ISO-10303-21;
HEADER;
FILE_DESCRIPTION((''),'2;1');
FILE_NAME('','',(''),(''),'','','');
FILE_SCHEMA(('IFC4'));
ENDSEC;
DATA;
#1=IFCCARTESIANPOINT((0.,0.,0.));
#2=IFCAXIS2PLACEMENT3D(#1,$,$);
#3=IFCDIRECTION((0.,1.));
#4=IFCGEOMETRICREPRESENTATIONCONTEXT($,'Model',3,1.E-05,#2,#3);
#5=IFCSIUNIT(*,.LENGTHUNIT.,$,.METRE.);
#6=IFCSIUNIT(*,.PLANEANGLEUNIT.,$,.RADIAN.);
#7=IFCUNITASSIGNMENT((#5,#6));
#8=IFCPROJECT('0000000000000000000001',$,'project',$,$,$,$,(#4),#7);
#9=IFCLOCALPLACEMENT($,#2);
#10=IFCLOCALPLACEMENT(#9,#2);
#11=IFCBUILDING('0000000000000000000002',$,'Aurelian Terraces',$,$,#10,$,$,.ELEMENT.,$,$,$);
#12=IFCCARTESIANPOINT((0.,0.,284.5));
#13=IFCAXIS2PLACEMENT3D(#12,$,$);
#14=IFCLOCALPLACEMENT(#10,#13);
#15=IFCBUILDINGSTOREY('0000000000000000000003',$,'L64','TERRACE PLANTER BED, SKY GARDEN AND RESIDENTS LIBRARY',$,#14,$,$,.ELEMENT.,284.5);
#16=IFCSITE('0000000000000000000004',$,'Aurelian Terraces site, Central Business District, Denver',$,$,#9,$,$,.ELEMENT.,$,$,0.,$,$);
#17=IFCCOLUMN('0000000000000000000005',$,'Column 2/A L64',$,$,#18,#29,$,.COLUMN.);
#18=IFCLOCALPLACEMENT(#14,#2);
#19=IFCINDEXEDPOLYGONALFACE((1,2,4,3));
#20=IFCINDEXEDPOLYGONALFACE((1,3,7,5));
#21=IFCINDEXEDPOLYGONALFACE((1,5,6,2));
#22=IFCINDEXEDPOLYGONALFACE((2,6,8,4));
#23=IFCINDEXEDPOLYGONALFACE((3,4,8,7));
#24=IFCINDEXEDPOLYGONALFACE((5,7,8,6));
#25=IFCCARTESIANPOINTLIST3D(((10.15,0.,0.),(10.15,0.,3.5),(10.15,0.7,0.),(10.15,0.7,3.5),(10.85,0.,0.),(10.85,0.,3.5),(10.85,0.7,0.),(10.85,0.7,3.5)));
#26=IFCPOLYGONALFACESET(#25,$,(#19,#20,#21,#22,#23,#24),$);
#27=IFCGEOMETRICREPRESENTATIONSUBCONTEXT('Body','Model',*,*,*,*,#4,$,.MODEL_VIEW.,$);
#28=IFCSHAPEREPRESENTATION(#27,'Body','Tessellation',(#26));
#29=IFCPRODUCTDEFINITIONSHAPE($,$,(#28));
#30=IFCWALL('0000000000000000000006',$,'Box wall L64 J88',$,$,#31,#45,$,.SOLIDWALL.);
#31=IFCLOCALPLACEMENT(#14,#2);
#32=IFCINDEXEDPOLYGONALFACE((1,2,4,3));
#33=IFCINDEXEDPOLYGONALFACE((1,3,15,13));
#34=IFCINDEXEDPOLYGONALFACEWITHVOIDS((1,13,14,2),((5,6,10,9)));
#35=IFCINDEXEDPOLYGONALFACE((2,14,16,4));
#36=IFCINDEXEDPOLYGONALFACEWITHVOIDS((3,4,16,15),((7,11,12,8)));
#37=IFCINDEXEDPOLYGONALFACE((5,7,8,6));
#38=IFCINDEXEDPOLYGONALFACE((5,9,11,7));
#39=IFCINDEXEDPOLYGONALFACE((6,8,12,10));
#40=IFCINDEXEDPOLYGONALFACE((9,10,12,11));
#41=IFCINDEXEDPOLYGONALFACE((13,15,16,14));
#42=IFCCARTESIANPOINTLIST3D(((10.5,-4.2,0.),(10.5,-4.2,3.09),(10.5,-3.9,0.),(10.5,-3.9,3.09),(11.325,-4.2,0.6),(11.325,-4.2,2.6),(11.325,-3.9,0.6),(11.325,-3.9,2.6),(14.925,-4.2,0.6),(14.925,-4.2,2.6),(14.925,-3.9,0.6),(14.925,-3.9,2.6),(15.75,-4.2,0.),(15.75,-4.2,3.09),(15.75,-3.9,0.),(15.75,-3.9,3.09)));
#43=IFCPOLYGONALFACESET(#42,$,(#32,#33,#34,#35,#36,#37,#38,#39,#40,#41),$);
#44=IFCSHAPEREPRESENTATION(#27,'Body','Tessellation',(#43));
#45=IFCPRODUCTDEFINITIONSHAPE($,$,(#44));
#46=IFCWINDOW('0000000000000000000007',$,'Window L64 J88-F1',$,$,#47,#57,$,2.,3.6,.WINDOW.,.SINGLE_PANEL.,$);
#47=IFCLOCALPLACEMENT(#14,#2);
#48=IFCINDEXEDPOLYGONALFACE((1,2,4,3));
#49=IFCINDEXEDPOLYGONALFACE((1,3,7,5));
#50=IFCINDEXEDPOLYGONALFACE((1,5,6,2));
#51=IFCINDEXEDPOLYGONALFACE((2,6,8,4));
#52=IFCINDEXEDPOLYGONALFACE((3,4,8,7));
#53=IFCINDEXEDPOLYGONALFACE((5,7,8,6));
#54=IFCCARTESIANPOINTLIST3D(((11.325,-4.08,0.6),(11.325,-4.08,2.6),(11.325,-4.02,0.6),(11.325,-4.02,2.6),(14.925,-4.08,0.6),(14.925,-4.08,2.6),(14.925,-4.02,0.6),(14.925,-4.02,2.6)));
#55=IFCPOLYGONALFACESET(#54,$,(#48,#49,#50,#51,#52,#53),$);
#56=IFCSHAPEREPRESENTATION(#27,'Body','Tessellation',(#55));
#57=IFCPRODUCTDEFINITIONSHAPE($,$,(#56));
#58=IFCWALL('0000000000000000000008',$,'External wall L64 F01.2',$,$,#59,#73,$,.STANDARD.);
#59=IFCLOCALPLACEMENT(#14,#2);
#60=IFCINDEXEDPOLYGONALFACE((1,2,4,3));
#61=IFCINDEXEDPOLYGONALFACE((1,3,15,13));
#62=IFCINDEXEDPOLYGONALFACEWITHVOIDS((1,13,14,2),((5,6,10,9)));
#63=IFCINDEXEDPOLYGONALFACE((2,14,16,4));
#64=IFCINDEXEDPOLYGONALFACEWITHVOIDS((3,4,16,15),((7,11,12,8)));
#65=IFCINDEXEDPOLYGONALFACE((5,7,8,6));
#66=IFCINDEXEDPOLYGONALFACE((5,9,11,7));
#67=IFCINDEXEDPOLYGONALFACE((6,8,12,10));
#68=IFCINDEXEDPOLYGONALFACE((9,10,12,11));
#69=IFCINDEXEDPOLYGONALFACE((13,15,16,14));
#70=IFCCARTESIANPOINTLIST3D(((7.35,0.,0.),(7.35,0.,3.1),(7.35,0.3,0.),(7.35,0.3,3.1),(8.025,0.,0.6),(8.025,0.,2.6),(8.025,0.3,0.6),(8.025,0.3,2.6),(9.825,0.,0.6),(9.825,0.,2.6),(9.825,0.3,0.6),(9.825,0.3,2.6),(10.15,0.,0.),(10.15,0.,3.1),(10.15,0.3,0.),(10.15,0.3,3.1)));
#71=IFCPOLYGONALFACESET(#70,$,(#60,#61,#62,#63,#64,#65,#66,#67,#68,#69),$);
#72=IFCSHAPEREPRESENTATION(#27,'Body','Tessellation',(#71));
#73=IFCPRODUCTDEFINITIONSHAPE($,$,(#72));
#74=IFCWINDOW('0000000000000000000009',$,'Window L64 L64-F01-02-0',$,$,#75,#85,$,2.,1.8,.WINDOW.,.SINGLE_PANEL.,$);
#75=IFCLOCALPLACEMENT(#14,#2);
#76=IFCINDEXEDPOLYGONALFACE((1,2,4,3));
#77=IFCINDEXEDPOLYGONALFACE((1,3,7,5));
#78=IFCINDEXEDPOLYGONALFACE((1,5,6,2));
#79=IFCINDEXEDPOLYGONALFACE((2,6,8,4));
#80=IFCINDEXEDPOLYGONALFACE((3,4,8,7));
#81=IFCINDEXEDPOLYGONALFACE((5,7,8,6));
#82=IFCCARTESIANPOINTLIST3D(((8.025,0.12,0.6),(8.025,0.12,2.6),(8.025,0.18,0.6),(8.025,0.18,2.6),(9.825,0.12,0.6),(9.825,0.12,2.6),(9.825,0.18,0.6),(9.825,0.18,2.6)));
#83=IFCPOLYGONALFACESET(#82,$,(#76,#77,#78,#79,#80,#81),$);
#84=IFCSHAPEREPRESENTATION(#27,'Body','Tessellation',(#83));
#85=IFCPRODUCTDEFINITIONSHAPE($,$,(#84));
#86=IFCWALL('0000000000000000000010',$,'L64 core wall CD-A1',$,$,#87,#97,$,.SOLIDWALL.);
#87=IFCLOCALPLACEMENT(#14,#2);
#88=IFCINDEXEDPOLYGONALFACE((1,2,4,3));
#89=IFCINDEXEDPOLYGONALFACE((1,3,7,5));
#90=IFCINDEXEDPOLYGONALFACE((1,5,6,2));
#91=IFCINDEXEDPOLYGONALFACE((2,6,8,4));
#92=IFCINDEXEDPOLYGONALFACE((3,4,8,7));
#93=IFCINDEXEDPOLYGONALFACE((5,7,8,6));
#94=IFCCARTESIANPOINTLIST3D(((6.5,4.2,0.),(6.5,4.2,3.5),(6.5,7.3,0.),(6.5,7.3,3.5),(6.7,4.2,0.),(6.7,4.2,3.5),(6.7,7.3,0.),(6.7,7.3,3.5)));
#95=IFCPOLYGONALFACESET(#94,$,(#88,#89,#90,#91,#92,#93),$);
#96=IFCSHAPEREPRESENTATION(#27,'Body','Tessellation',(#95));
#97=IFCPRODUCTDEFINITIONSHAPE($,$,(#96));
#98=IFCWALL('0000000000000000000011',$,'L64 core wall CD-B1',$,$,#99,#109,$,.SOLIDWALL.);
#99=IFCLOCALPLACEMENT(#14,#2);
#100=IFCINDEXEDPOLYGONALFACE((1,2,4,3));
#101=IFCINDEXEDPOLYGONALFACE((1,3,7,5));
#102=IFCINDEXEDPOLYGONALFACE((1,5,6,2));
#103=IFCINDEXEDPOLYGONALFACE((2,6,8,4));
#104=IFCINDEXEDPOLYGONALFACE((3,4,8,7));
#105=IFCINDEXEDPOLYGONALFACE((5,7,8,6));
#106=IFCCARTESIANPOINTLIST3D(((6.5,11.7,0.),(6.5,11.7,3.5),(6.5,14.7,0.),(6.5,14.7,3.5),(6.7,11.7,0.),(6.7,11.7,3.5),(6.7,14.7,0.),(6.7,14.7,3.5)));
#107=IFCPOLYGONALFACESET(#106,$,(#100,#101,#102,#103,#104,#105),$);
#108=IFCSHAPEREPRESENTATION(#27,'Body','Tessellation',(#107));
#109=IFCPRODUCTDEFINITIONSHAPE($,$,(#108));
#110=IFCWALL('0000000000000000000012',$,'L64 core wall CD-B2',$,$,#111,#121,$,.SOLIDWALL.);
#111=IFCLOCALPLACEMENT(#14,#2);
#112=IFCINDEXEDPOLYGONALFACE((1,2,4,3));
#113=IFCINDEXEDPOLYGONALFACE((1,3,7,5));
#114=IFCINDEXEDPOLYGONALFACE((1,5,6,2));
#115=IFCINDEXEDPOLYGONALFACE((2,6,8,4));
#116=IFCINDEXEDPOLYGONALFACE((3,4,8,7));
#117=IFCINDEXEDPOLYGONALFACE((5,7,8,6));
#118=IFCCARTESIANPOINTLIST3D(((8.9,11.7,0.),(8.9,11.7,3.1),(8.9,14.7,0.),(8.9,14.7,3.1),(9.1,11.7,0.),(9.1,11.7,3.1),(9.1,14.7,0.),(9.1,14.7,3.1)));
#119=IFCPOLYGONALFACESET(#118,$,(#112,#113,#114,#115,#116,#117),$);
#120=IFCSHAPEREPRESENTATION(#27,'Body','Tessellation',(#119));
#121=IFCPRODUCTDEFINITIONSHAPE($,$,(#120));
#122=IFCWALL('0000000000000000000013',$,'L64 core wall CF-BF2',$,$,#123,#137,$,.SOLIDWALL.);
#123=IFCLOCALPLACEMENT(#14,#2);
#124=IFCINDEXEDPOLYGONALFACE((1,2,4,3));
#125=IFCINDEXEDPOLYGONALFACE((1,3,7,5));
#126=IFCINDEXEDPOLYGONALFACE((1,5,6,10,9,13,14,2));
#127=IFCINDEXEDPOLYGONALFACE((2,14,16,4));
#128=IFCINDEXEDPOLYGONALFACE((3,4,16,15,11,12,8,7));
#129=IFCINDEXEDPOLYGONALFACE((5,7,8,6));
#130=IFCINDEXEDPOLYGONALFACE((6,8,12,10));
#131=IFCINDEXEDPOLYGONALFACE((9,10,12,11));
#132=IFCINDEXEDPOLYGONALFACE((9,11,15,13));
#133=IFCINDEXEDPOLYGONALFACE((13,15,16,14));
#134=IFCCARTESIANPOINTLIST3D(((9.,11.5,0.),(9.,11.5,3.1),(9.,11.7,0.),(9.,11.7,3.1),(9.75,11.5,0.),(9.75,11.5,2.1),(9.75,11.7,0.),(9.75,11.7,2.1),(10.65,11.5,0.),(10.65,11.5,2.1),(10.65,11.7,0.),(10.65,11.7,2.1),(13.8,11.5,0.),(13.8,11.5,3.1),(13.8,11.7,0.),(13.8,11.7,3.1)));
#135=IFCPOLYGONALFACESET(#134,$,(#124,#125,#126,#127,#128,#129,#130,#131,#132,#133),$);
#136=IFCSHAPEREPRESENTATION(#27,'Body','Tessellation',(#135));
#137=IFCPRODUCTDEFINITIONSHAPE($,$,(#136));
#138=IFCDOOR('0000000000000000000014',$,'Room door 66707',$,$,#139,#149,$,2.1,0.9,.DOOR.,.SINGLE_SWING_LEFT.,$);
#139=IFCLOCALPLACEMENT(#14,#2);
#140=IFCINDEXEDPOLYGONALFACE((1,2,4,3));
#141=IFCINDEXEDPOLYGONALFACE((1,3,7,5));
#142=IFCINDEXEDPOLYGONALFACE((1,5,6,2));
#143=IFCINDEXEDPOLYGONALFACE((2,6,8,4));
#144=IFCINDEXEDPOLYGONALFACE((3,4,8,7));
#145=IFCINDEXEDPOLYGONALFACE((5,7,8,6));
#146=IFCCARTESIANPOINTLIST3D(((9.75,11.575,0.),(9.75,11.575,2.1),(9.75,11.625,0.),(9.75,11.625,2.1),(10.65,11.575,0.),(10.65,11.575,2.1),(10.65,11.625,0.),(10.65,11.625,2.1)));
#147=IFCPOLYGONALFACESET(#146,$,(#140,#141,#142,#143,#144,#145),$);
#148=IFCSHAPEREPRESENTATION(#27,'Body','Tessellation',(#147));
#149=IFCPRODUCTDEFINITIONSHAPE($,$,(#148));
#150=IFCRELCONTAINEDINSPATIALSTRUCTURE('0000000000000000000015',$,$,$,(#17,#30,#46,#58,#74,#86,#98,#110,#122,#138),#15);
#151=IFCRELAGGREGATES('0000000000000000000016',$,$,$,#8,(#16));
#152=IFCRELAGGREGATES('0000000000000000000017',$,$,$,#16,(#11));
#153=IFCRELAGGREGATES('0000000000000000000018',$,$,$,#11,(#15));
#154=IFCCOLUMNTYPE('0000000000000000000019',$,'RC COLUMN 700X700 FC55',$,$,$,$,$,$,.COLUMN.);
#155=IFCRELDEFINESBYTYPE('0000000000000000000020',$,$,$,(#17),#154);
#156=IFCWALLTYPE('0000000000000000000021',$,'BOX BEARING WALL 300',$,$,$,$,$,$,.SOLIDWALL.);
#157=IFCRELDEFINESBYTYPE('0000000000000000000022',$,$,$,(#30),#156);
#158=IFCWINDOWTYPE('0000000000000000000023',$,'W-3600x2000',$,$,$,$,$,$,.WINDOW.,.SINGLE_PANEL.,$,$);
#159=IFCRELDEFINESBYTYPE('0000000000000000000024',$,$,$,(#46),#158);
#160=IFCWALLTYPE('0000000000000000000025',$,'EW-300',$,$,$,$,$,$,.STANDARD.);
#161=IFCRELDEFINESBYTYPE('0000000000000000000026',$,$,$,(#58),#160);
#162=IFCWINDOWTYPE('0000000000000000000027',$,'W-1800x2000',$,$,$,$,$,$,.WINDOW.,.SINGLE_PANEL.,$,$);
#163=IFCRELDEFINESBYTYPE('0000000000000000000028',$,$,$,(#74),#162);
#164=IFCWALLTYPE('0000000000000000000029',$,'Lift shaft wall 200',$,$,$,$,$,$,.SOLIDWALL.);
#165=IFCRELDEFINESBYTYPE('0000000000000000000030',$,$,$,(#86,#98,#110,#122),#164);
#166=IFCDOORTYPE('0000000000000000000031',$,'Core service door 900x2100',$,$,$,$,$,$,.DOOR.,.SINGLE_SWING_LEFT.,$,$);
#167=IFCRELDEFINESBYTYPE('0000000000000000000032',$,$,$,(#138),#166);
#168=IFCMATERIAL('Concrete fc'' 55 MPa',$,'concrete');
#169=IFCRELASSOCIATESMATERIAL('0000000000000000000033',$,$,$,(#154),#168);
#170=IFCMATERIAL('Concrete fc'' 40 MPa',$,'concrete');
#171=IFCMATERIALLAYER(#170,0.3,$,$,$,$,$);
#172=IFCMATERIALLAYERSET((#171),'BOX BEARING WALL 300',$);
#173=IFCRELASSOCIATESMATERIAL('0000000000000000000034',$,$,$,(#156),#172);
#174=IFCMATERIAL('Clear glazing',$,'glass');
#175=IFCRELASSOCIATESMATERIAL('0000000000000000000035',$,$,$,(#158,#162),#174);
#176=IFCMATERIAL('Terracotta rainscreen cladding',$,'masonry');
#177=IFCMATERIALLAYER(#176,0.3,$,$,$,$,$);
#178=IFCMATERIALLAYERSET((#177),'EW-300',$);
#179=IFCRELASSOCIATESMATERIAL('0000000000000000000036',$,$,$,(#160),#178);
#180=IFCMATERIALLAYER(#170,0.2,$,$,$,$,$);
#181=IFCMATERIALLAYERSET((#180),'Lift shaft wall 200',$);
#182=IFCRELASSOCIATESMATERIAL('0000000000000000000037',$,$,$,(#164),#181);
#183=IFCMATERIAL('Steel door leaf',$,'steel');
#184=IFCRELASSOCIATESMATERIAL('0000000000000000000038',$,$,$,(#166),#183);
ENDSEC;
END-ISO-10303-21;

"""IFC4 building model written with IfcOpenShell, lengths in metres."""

from ifc_helpers import new_model, si_unit, direction, frame, frame_2d, origin, origin_2d, place, context, subcontext, project, spatial, rectangle, extrude, source, transform, mapped, material, layer, layer_set, material_profile, profile_set, type_object, element, fill, save


model = new_model("IFC4")

# Units and contexts
model_context = context("Model", 3, precision=1e-05, world=origin(), true_north=direction((0.0, 1.0)))
body_context = subcontext(model_context, "Body", "Model", "MODEL_VIEW")
ifc_project = project(units=[si_unit("LENGTHUNIT", "METRE"), si_unit("PLANEANGLEUNIT", "RADIAN")], contexts=[model_context])

# Site, building, storey
site_placement = place(None, origin())
site = spatial("IfcSite", under=ifc_project, at=site_placement, Name="Aurelian Terraces site, Central Business District, Denver", CompositionType="ELEMENT", RefElevation=0.0)
building_placement = place(site_placement, origin())
building = spatial("IfcBuilding", under=site, at=building_placement, Name="Aurelian Terraces", CompositionType="ELEMENT")
storey_placement = place(building_placement, frame((0.0, 0.0, 284.5)))
storey = spatial("IfcBuildingStorey", under=building, at=storey_placement, Name="L64", Description="TERRACE PLANTER BED, SKY GARDEN AND RESIDENTS LIBRARY", CompositionType="ELEMENT", Elevation=284.5)

# Column
ifc_material_1 = material(Name="Concrete fc' 55 MPa", Category="concrete")
ifc_material_profile = material_profile(ifc_material_1, rectangle(XDim=0.7, YDim=0.7, at=origin_2d()))
ifc_profile_set = profile_set([ifc_material_profile], Name="Concrete fc' 55 MPa")
column_type = type_object("IfcColumnType", Name="RC COLUMN 700X700 FC55", PredefinedType="COLUMN", material=ifc_profile_set)
column_placement = place(storey_placement, frame((10.5, 0.35, 0.0), z_axis=(0.0, 0.0, 1.0), x_axis=(1.0, 0.0, 0.0)))
element("IfcColumn", 1, at=column_placement, inside=storey, type_object=column_type, Name="Column 2/A L64", PredefinedType="COLUMN", context=body_context, shape_type="SweptSolid", body=[
    extrude(rectangle(XDim=0.7, YDim=0.7, at=origin_2d()), origin(), (0.0, 0.0, 1.0), 3.5),
])

# Walls, openings, windows
ifc_material_2 = material(Name="Concrete fc' 40 MPa", Category="concrete")
ifc_layer_1 = layer(ifc_material_2, 0.3)
ifc_layer_set_1 = layer_set([ifc_layer_1], Name="BOX BEARING WALL 300")
wall_type_1 = type_object("IfcWallType", Name="BOX BEARING WALL 300", PredefinedType="SOLIDWALL", material=ifc_layer_set_1)
wall_1_placement = place(storey_placement, frame((10.5, -4.05, 0.0), z_axis=(0.0, 0.0, 1.0), x_axis=(1.0, 0.0, 0.0)))
wall_1 = element("IfcWall", 2, at=wall_1_placement, inside=storey, type_object=wall_type_1, Name="Box wall L64 J88", PredefinedType="SOLIDWALL", context=body_context, shape_type="SweptSolid", body=[
    extrude(rectangle(XDim=5.25, YDim=0.3, at=frame_2d((2.625, 0.0))), origin(), (0.0, 0.0, 1.0), 3.09),
])
shared_shape_1 = source(origin(), body_context, "Body", "SweptSolid", [
    extrude(rectangle(XDim=3.6, YDim=2.0, at=frame_2d((1.8, 1.0))), frame((0.0, 0.16, 0.0), z_axis=(0.0, -1.0, 0.0), x_axis=(1.0, 0.0, 0.0)), (0.0, 0.0, 1.0), 0.32),
])
opening_1_placement = place(wall_1_placement, frame((0.825, 0.0, 0.6)))
opening_1 = element("IfcOpeningElement", 3, at=opening_1_placement, cuts=wall_1, PredefinedType="OPENING", context=body_context, shape_type="MappedRepresentation", body=[
    mapped(shared_shape_1, transform((0.0, 0.0, 0.0), scale=1.0)),
])
ifc_material_3 = material(Name="Clear glazing", Category="glass")
window_type_1 = type_object("IfcWindowType", Name="W-3600x2000", PartitioningType="SINGLE_PANEL", PredefinedType="WINDOW", material=ifc_material_3)
shared_shape_2 = source(origin(), body_context, "Body", "SweptSolid", [
    extrude(rectangle(XDim=3.6, YDim=2.0, at=frame_2d((1.8, 1.0))), frame((0.0, 0.03, 0.0), z_axis=(0.0, -1.0, 0.0), x_axis=(1.0, 0.0, 0.0)), (0.0, 0.0, 1.0), 0.06),
])
window_1_placement = place(opening_1_placement, origin())
window_1 = element("IfcWindow", 4, at=window_1_placement, inside=storey, type_object=window_type_1, Name="Window L64 J88-F1", OverallHeight=2.0, OverallWidth=3.6, PartitioningType="SINGLE_PANEL", PredefinedType="WINDOW", context=body_context, shape_type="MappedRepresentation", body=[
    mapped(shared_shape_2, transform((0.0, 0.0, 0.0), scale=1.0)),
])
fill(opening_1, window_1)
ifc_material_4 = material(Name="Terracotta rainscreen cladding", Category="masonry")
ifc_layer_2 = layer(ifc_material_4, 0.3)
ifc_layer_set_2 = layer_set([ifc_layer_2], Name="EW-300")
wall_type_2 = type_object("IfcWallType", Name="EW-300", PredefinedType="STANDARD", material=ifc_layer_set_2)
wall_2_placement = place(storey_placement, frame((7.35, 0.15, 0.0), z_axis=(0.0, 0.0, 1.0), x_axis=(1.0, 0.0, 0.0)))
wall_2 = element("IfcWall", 5, at=wall_2_placement, inside=storey, type_object=wall_type_2, Name="External wall L64 F01.2", PredefinedType="STANDARD", context=body_context, shape_type="SweptSolid", body=[
    extrude(rectangle(XDim=2.8, YDim=0.3, at=frame_2d((1.4, 0.0))), origin(), (0.0, 0.0, 1.0), 3.1),
])
opening_2_placement = place(wall_2_placement, frame((0.675, 0.0, 0.6)))
opening_2 = element("IfcOpeningElement", 6, at=opening_2_placement, cuts=wall_2, PredefinedType="OPENING", context=body_context, shape_type="SweptSolid", body=[
    extrude(rectangle(XDim=1.8, YDim=2.0, at=frame_2d((0.9, 1.0))), frame((0.0, 0.16, 0.0), z_axis=(0.0, -1.0, 0.0), x_axis=(1.0, 0.0, 0.0)), (0.0, 0.0, 1.0), 0.32),
])
window_type_2 = type_object("IfcWindowType", Name="W-1800x2000", PartitioningType="SINGLE_PANEL", PredefinedType="WINDOW", material=ifc_material_3)
window_2_placement = place(opening_2_placement, origin())
window_2 = element("IfcWindow", 7, at=window_2_placement, inside=storey, type_object=window_type_2, Name="Window L64 L64-F01-02-0", OverallHeight=2.0, OverallWidth=1.8, PartitioningType="SINGLE_PANEL", PredefinedType="WINDOW", context=body_context, shape_type="SweptSolid", body=[
    extrude(rectangle(XDim=1.8, YDim=2.0, at=frame_2d((0.9, 1.0))), frame((0.0, 0.03, 0.0), z_axis=(0.0, -1.0, 0.0), x_axis=(1.0, 0.0, 0.0)), (0.0, 0.0, 1.0), 0.06),
])
fill(opening_2, window_2)

# Walls
ifc_layer_3 = layer(ifc_material_2, 0.2)
ifc_layer_set_3 = layer_set([ifc_layer_3], Name="Lift shaft wall 200")
wall_type_3 = type_object("IfcWallType", Name="Lift shaft wall 200", PredefinedType="SOLIDWALL", material=ifc_layer_set_3)
wall_3_placement = place(storey_placement, frame((6.6, 4.2, 0.0), z_axis=(0.0, 0.0, 1.0), x_axis=(0.0, 1.0, 0.0)))
element("IfcWall", 8, at=wall_3_placement, inside=storey, type_object=wall_type_3, Name="L64 core wall CD-A1", PredefinedType="SOLIDWALL", context=body_context, shape_type="SweptSolid", body=[
    extrude(rectangle(XDim=3.1, YDim=0.2, at=frame_2d((1.55, 0.0))), origin(), (0.0, 0.0, 1.0), 3.5),
])
wall_4_placement = place(storey_placement, frame((6.6, 11.7, 0.0), z_axis=(0.0, 0.0, 1.0), x_axis=(0.0, 1.0, 0.0)))
element("IfcWall", 9, at=wall_4_placement, inside=storey, type_object=wall_type_3, Name="L64 core wall CD-B1", PredefinedType="SOLIDWALL", context=body_context, shape_type="SweptSolid", body=[
    extrude(rectangle(XDim=3.0, YDim=0.2, at=frame_2d((1.5, 0.0))), origin(), (0.0, 0.0, 1.0), 3.5),
])
wall_5_placement = place(storey_placement, frame((9.0, 11.7, 0.0), z_axis=(0.0, 0.0, 1.0), x_axis=(0.0, 1.0, 0.0)))
element("IfcWall", 10, at=wall_5_placement, inside=storey, type_object=wall_type_3, Name="L64 core wall CD-B2", PredefinedType="SOLIDWALL", context=body_context, shape_type="SweptSolid", body=[
    extrude(rectangle(XDim=3.0, YDim=0.2, at=frame_2d((1.5, 0.0))), origin(), (0.0, 0.0, 1.0), 3.1),
])

# Wall, opening, door
wall_6_placement = place(storey_placement, frame((9.0, 11.6, 0.0), z_axis=(0.0, 0.0, 1.0), x_axis=(1.0, 0.0, 0.0)))
wall_6 = element("IfcWall", 11, at=wall_6_placement, inside=storey, type_object=wall_type_3, Name="L64 core wall CF-BF2", PredefinedType="SOLIDWALL", context=body_context, shape_type="SweptSolid", body=[
    extrude(rectangle(XDim=4.8, YDim=0.2, at=frame_2d((2.4, 0.0))), origin(), (0.0, 0.0, 1.0), 3.1),
])
shared_shape_3 = source(origin(), body_context, "Body", "SweptSolid", [
    extrude(rectangle(XDim=0.9, YDim=2.1, at=frame_2d((0.45, 1.05))), frame((0.0, 0.11, 0.0), z_axis=(0.0, -1.0, 0.0), x_axis=(1.0, 0.0, 0.0)), (0.0, 0.0, 1.0), 0.22),
])
opening_3_placement = place(wall_6_placement, frame((0.75, 0.0, 0.0)))
opening_3 = element("IfcOpeningElement", 12, at=opening_3_placement, cuts=wall_6, PredefinedType="OPENING", context=body_context, shape_type="MappedRepresentation", body=[
    mapped(shared_shape_3, transform((0.0, 0.0, 0.0), scale=1.0)),
])
ifc_material_5 = material(Name="Steel door leaf", Category="steel")
door_type = type_object("IfcDoorType", Name="Core service door 900x2100", OperationType="SINGLE_SWING_LEFT", PredefinedType="DOOR", material=ifc_material_5)
shared_shape_4 = source(origin(), body_context, "Body", "SweptSolid", [
    extrude(rectangle(XDim=0.9, YDim=2.1, at=frame_2d((0.45, 1.05))), frame((0.0, 0.025, 0.0), z_axis=(0.0, -1.0, 0.0), x_axis=(1.0, 0.0, 0.0)), (0.0, 0.0, 1.0), 0.05),
])
door_placement = place(opening_3_placement, origin())
door = element("IfcDoor", 13, at=door_placement, inside=storey, type_object=door_type, Name="Room door 66707", OperationType="SINGLE_SWING_LEFT", OverallHeight=2.1, OverallWidth=0.9, PredefinedType="DOOR", context=body_context, shape_type="MappedRepresentation", body=[
    mapped(shared_shape_4, transform((0.0, 0.0, 0.0), scale=1.0)),
])
fill(opening_3, door)

save(model, "model.ifc")
